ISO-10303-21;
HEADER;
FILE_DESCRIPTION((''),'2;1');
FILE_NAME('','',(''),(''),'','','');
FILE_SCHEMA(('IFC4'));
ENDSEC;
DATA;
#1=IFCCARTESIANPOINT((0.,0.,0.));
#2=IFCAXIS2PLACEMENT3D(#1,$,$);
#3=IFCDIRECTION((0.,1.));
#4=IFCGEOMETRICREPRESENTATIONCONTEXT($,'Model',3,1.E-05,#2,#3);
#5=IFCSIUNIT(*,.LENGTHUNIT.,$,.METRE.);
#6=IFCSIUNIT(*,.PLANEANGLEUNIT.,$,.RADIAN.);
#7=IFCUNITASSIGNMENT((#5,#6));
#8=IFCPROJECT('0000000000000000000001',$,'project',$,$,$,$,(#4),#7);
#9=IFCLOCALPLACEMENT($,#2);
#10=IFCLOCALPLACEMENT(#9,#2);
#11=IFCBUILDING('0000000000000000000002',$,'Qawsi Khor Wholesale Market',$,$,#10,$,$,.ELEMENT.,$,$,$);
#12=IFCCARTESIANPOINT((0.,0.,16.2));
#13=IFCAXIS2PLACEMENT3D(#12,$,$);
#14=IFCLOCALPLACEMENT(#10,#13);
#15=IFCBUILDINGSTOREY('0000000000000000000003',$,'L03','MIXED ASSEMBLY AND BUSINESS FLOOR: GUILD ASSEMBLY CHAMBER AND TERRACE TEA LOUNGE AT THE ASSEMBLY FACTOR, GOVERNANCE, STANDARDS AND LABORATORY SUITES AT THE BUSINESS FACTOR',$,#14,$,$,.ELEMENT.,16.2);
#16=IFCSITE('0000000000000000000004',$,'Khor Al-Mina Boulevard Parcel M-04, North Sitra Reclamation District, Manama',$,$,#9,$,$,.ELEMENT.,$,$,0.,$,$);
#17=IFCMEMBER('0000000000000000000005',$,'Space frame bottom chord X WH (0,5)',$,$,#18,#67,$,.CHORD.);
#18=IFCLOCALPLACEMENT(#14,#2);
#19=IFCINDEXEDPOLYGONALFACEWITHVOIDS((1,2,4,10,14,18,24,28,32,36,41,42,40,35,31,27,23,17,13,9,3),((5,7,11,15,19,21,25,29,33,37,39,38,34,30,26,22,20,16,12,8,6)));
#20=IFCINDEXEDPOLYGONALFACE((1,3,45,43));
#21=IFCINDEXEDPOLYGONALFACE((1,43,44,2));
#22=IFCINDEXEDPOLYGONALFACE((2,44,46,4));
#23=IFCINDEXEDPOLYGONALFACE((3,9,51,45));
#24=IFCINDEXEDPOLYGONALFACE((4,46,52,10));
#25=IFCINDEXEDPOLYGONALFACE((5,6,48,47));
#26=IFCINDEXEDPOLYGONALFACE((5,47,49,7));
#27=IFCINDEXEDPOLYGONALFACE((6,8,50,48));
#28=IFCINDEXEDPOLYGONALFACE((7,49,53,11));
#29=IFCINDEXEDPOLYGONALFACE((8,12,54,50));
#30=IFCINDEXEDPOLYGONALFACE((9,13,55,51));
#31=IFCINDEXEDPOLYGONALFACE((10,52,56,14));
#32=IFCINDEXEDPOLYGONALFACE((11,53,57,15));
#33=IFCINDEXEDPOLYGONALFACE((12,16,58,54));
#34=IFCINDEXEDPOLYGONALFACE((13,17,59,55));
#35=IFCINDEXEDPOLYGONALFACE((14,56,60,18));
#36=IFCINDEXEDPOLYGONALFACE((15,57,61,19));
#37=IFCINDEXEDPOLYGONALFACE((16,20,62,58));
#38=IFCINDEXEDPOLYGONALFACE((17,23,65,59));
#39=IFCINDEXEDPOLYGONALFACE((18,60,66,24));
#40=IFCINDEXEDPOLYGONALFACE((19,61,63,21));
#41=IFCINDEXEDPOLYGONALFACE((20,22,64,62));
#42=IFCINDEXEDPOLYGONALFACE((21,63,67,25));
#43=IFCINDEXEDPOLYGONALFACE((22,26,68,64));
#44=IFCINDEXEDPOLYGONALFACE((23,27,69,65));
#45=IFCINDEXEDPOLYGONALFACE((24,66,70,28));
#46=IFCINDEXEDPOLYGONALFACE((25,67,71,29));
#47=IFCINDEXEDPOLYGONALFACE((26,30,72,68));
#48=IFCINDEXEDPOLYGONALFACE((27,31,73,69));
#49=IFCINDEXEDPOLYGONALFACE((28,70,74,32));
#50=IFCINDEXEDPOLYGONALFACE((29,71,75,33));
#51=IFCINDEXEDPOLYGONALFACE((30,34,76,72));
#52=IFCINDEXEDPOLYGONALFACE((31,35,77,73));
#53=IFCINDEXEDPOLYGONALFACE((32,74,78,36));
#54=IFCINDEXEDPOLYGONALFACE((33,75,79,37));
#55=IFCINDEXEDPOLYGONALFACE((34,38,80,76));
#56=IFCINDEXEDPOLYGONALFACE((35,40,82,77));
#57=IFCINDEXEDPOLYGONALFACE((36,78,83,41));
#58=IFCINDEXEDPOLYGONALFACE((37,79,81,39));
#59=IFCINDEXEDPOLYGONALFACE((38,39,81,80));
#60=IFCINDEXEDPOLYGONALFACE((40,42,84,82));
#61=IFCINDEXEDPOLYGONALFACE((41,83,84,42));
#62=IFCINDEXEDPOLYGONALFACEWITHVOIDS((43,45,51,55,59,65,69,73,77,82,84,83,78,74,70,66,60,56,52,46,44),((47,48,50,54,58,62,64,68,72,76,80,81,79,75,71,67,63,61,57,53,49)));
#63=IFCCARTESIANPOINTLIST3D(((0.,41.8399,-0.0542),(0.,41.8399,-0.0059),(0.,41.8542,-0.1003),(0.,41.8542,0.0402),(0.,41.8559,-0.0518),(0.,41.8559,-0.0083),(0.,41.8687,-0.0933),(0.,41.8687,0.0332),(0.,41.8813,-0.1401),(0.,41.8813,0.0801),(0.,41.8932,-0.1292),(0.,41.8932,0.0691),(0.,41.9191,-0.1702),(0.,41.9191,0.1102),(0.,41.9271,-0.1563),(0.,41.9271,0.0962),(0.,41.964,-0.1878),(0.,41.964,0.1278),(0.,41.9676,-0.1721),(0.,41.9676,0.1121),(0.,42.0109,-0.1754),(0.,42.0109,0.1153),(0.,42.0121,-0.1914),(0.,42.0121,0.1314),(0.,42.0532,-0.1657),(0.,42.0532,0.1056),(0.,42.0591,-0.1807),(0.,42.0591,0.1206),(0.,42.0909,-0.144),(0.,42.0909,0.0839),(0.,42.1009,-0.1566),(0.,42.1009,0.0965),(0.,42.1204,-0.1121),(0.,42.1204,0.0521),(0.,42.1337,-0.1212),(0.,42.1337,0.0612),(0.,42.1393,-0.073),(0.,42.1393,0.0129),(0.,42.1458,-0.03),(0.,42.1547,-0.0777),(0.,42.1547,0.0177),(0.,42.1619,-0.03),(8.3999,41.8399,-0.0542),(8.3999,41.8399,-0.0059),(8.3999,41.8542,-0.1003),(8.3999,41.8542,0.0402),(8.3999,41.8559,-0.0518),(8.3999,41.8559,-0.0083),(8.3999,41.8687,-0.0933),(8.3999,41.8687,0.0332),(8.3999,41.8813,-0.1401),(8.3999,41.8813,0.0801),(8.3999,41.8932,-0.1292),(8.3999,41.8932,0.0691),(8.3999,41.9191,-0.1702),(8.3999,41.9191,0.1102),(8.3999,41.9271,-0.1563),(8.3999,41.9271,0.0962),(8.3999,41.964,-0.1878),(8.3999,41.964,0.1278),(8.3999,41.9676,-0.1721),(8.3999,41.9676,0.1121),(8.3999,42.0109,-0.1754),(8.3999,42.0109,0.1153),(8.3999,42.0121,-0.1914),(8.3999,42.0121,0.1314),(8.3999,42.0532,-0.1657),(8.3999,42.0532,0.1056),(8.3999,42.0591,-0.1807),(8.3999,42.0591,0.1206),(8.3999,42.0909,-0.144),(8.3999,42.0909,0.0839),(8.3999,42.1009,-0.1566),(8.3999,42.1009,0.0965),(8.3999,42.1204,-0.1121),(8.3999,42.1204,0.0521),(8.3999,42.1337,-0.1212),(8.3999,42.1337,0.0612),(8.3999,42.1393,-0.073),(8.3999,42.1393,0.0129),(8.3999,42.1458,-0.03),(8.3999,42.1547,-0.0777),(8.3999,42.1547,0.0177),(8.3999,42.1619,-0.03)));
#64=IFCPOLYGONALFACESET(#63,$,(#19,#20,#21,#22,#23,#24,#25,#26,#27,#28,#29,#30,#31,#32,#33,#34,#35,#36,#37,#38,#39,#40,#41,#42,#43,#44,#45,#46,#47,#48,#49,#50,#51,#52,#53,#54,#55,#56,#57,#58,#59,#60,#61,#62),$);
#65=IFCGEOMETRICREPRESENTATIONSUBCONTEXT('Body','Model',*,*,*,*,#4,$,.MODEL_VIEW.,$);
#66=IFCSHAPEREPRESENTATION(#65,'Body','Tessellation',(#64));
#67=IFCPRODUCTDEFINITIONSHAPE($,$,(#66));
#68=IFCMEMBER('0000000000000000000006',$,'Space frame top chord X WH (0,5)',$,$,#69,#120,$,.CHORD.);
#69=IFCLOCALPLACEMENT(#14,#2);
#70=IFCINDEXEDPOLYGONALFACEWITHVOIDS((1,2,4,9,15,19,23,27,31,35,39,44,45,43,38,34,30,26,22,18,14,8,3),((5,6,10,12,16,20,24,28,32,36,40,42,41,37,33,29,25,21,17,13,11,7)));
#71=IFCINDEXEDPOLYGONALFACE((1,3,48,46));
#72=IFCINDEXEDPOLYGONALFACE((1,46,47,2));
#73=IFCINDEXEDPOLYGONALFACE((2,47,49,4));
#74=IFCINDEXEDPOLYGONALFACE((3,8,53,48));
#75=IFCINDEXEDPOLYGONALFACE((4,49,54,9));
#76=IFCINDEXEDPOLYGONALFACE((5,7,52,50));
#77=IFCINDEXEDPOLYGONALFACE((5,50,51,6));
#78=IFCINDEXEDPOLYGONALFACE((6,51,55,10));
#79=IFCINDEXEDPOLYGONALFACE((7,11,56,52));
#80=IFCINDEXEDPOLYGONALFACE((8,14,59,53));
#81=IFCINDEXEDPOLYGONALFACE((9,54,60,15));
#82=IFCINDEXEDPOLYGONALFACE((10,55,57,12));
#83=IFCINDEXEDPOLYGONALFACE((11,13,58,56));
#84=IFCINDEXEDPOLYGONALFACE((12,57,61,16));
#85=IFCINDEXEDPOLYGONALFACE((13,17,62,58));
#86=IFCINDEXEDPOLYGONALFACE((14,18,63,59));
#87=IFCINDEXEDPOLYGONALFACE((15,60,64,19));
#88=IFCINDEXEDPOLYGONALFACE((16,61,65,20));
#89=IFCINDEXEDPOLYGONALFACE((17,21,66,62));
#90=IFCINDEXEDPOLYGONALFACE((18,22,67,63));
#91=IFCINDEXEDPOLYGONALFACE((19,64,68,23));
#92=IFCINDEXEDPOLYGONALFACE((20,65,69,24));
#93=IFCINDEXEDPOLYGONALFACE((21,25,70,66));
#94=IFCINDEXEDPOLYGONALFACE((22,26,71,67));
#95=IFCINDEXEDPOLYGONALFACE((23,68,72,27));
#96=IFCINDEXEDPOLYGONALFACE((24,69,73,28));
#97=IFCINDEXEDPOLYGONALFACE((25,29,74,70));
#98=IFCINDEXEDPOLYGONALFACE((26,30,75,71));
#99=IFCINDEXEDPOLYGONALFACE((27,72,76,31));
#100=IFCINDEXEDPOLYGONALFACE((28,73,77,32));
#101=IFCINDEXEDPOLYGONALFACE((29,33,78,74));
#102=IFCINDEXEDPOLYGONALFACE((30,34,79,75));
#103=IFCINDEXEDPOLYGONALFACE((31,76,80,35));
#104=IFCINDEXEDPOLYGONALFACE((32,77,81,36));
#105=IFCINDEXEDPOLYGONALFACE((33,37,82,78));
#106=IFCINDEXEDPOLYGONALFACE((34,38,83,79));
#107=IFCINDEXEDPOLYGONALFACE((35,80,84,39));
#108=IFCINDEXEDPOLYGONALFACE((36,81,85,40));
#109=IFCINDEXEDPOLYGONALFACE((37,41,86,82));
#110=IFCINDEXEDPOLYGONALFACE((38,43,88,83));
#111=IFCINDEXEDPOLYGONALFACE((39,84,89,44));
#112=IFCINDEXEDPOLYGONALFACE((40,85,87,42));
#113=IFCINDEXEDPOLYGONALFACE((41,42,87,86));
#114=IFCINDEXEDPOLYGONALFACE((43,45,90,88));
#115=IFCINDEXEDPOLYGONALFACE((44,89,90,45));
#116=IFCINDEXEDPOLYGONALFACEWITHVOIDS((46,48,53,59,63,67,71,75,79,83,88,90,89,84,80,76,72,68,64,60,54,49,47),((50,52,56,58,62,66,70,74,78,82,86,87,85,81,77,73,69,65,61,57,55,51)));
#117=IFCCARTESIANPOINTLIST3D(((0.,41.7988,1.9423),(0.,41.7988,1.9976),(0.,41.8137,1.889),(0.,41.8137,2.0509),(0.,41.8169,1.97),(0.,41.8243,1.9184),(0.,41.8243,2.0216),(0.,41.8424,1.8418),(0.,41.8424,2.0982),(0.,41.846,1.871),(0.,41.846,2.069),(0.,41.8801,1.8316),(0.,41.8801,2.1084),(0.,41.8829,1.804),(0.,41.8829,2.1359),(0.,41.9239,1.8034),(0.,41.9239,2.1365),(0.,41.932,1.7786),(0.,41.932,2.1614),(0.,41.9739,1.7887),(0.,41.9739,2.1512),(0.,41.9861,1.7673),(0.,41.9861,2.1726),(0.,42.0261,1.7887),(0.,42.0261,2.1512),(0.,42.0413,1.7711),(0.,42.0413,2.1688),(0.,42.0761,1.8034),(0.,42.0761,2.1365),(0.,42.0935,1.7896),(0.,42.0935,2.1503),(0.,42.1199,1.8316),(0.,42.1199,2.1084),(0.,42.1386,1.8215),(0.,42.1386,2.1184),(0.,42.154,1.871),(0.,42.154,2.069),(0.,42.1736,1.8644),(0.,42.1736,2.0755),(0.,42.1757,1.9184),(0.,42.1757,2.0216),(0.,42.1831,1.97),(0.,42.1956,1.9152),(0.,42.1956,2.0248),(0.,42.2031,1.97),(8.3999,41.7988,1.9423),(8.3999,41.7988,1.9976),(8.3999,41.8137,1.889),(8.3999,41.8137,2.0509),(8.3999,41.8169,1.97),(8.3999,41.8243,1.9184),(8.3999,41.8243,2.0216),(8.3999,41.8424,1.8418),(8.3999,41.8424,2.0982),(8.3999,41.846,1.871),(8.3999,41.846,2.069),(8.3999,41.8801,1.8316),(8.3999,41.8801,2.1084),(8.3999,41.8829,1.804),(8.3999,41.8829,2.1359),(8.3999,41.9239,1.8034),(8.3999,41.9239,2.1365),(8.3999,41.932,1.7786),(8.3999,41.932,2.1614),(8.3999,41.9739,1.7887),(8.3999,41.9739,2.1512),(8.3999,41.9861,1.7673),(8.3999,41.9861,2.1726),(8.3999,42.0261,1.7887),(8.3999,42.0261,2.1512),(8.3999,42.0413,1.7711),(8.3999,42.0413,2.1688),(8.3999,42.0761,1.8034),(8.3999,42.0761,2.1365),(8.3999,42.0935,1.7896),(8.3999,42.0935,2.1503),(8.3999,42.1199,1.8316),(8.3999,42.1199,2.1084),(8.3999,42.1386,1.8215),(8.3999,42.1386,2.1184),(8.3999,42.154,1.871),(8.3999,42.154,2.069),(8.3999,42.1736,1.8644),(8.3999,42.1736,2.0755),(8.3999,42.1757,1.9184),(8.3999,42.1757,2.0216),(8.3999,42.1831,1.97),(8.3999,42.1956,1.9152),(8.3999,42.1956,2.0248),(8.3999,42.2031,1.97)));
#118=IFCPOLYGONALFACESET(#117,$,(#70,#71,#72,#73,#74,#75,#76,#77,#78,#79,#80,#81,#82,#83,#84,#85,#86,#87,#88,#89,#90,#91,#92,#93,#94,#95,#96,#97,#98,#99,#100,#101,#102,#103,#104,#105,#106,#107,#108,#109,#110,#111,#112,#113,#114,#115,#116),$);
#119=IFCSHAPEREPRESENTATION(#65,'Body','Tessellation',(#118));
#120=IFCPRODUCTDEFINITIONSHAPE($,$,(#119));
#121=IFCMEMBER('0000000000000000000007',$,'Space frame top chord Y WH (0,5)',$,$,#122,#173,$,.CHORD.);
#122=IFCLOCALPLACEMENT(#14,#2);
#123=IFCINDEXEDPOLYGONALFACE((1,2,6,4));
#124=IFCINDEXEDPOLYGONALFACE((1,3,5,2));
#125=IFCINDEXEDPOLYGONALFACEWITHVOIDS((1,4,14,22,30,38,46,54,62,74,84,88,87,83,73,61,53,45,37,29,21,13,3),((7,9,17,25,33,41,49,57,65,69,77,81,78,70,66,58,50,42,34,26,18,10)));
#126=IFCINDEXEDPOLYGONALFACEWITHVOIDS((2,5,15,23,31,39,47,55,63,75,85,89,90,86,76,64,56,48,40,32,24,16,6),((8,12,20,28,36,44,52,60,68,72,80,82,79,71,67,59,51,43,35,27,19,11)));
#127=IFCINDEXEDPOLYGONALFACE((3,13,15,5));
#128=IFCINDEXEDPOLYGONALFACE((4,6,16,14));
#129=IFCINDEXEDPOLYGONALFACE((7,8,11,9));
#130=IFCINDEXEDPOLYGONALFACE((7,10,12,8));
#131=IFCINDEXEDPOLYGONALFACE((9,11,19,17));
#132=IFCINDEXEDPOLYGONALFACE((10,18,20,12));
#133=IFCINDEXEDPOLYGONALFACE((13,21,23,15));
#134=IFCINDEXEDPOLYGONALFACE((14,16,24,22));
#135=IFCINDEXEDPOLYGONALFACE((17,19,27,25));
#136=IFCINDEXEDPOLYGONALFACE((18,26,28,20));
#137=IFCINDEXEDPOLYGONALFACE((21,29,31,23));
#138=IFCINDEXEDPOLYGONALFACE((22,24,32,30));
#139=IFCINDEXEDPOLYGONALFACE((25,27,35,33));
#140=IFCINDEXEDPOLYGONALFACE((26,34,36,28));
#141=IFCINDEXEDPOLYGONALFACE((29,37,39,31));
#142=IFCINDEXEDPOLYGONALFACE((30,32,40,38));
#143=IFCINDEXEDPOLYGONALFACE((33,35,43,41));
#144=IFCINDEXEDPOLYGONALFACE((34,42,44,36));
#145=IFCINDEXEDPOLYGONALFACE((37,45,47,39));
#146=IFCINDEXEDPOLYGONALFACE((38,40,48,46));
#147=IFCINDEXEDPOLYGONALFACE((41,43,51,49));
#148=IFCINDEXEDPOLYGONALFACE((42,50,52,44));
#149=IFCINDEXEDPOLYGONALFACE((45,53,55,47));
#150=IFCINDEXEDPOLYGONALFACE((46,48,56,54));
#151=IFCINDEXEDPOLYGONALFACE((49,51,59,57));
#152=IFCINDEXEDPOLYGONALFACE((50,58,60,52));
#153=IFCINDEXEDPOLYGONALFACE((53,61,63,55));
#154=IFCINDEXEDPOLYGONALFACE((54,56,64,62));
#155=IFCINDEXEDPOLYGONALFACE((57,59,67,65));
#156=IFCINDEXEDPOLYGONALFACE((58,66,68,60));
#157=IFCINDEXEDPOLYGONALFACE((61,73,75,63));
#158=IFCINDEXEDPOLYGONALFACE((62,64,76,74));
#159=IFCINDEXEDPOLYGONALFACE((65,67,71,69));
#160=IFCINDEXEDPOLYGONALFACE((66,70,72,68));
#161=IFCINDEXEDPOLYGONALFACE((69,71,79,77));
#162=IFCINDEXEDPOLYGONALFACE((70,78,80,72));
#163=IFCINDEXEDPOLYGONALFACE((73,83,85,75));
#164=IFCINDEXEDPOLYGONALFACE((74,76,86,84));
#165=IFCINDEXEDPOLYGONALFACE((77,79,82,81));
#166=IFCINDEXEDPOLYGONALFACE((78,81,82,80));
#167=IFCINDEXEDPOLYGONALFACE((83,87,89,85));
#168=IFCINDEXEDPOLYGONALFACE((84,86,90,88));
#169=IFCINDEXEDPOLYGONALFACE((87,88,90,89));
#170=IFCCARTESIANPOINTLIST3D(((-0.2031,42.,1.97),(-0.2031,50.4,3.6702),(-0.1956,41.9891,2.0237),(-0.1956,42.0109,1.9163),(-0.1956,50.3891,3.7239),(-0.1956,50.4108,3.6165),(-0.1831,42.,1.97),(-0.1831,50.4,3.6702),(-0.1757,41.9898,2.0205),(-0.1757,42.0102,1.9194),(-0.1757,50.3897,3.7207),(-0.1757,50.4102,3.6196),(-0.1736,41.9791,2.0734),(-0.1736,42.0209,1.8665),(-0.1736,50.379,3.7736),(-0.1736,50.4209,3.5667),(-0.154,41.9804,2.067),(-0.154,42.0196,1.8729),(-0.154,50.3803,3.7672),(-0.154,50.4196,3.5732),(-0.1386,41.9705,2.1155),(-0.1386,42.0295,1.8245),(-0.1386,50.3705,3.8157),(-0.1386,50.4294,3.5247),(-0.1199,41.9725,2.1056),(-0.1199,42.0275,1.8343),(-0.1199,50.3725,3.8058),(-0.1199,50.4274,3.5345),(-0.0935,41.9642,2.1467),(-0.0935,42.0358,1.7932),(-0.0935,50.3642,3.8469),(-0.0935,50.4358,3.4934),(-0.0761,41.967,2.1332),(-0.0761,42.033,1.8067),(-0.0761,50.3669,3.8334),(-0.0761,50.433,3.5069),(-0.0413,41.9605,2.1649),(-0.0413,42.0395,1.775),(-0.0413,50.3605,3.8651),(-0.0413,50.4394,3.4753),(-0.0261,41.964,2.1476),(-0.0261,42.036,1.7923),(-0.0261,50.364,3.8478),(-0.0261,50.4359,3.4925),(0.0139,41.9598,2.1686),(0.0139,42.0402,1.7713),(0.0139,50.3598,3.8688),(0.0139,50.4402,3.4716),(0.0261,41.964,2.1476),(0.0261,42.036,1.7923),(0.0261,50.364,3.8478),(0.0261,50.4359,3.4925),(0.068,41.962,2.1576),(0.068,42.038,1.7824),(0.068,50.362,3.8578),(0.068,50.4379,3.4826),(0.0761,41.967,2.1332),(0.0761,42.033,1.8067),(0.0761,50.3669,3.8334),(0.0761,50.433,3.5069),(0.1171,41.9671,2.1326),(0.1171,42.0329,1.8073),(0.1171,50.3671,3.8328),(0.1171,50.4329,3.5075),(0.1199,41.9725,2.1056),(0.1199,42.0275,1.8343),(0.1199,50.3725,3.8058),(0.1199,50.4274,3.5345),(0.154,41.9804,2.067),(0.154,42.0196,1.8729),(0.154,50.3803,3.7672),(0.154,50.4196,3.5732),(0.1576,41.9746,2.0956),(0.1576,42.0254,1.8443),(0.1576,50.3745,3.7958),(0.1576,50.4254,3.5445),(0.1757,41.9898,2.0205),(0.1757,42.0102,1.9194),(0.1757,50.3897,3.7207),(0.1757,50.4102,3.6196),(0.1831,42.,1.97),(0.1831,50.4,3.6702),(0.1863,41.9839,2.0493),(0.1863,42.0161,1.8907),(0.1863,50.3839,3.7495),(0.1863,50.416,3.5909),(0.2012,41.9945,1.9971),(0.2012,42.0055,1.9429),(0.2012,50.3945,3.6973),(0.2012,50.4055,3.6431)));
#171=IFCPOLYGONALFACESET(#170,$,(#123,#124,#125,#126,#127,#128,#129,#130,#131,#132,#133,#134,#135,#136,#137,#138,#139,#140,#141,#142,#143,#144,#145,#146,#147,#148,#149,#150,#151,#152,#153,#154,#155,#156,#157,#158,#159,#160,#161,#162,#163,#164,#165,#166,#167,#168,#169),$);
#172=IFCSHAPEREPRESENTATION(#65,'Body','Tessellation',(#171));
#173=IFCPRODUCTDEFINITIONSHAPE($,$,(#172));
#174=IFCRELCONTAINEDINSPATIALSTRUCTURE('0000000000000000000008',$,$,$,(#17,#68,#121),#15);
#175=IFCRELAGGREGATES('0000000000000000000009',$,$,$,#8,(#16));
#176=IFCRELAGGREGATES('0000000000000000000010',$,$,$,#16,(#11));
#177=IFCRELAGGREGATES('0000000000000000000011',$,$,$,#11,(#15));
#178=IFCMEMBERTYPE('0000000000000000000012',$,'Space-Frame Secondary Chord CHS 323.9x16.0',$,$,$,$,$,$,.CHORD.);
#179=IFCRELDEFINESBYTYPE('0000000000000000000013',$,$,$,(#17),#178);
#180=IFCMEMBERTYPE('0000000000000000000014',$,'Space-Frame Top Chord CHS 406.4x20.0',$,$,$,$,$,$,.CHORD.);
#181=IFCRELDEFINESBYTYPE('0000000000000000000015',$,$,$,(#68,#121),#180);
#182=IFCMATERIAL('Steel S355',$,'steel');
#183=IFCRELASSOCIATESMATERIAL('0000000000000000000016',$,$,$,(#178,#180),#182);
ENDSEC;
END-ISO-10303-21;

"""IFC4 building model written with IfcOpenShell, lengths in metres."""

from ifc_helpers import new_model, si_unit, direction, frame, origin, origin_2d, place, context, subcontext, project, spatial, hollow_circle, extrude, material, material_profile, profile_set, type_object, element, save


model = new_model("IFC4")

# Units and contexts
model_context = context("Model", 3, precision=1e-05, world=origin(), true_north=direction((0.0, 1.0)))
body_context = subcontext(model_context, "Body", "Model", "MODEL_VIEW")
ifc_project = project(units=[si_unit("LENGTHUNIT", "METRE"), si_unit("PLANEANGLEUNIT", "RADIAN")], contexts=[model_context])

# Site, building, storey
site_placement = place(None, origin())
site = spatial("IfcSite", under=ifc_project, at=site_placement, Name="Khor Al-Mina Boulevard Parcel M-04, North Sitra Reclamation District, Manama", CompositionType="ELEMENT", RefElevation=0.0)
building_placement = place(site_placement, origin())
building = spatial("IfcBuilding", under=site, at=building_placement, Name="Qawsi Khor Wholesale Market", CompositionType="ELEMENT")
storey_placement = place(building_placement, frame((0.0, 0.0, 16.2)))
storey = spatial("IfcBuildingStorey", under=building, at=storey_placement, Name="L03", Description="MIXED ASSEMBLY AND BUSINESS FLOOR: GUILD ASSEMBLY CHAMBER AND TERRACE TEA LOUNGE AT THE ASSEMBLY FACTOR, GOVERNANCE, STANDARDS AND LABORATORY SUITES AT THE BUSINESS FACTOR", CompositionType="ELEMENT", Elevation=16.2)

# Members
ifc_material_1 = material(Name="Steel S355", Category="steel")
ifc_material_profile_1 = material_profile(ifc_material_1, hollow_circle(Radius=0.1619, WallThickness=0.0161, at=origin_2d()), Name="CHS 323.9x16.0")
ifc_profile_set_1 = profile_set([ifc_material_profile_1], Name="Steel S355")
member_type_1 = type_object("IfcMemberType", Name="Space-Frame Secondary Chord CHS 323.9x16.0", PredefinedType="CHORD", material=ifc_profile_set_1)
member_1_placement = place(storey_placement, frame((0.0, 42.0, -0.03), z_axis=(1.0, 0.0, 0.0), x_axis=(0.0, 1.0, 0.0)))
element("IfcMember", 1, at=member_1_placement, inside=storey, type_object=member_type_1, Name="Space frame bottom chord X WH (0,5)", PredefinedType="CHORD", context=body_context, shape_type="SweptSolid", body=[
    extrude(hollow_circle(Radius=0.1619, WallThickness=0.0161, at=origin_2d()), origin(), (0.0, 0.0, 1.0), 8.3999),
])
ifc_material_profile_2 = material_profile(ifc_material_1, hollow_circle(Radius=0.2031, WallThickness=0.02, at=origin_2d()), Name="CHS 406.4x20.0")
ifc_profile_set_2 = profile_set([ifc_material_profile_2], Name="Steel S355")
member_type_2 = type_object("IfcMemberType", Name="Space-Frame Top Chord CHS 406.4x20.0", PredefinedType="CHORD", material=ifc_profile_set_2)
member_2_placement = place(storey_placement, frame((0.0, 42.0, 1.97), z_axis=(1.0, 0.0, 0.0), x_axis=(0.0, 1.0, 0.0)))
element("IfcMember", 2, at=member_2_placement, inside=storey, type_object=member_type_2, Name="Space frame top chord X WH (0,5)", PredefinedType="CHORD", context=body_context, shape_type="SweptSolid", body=[
    extrude(hollow_circle(Radius=0.2031, WallThickness=0.02, at=origin_2d()), origin(), (0.0, 0.0, 1.0), 8.3999),
])
member_3_placement = place(storey_placement, frame((0.0, 42.0, 1.97), z_axis=(0.0, 0.980124, 0.198384), x_axis=(-1.0, 0.0, 0.0)))
element("IfcMember", 3, at=member_3_placement, inside=storey, type_object=member_type_2, Name="Space frame top chord Y WH (0,5)", PredefinedType="CHORD", context=body_context, shape_type="SweptSolid", body=[
    extrude(hollow_circle(Radius=0.2031, WallThickness=0.02, at=origin_2d()), origin(), (0.0, 0.0, 1.0), 8.5703),
])

save(model, "model.ifc")
